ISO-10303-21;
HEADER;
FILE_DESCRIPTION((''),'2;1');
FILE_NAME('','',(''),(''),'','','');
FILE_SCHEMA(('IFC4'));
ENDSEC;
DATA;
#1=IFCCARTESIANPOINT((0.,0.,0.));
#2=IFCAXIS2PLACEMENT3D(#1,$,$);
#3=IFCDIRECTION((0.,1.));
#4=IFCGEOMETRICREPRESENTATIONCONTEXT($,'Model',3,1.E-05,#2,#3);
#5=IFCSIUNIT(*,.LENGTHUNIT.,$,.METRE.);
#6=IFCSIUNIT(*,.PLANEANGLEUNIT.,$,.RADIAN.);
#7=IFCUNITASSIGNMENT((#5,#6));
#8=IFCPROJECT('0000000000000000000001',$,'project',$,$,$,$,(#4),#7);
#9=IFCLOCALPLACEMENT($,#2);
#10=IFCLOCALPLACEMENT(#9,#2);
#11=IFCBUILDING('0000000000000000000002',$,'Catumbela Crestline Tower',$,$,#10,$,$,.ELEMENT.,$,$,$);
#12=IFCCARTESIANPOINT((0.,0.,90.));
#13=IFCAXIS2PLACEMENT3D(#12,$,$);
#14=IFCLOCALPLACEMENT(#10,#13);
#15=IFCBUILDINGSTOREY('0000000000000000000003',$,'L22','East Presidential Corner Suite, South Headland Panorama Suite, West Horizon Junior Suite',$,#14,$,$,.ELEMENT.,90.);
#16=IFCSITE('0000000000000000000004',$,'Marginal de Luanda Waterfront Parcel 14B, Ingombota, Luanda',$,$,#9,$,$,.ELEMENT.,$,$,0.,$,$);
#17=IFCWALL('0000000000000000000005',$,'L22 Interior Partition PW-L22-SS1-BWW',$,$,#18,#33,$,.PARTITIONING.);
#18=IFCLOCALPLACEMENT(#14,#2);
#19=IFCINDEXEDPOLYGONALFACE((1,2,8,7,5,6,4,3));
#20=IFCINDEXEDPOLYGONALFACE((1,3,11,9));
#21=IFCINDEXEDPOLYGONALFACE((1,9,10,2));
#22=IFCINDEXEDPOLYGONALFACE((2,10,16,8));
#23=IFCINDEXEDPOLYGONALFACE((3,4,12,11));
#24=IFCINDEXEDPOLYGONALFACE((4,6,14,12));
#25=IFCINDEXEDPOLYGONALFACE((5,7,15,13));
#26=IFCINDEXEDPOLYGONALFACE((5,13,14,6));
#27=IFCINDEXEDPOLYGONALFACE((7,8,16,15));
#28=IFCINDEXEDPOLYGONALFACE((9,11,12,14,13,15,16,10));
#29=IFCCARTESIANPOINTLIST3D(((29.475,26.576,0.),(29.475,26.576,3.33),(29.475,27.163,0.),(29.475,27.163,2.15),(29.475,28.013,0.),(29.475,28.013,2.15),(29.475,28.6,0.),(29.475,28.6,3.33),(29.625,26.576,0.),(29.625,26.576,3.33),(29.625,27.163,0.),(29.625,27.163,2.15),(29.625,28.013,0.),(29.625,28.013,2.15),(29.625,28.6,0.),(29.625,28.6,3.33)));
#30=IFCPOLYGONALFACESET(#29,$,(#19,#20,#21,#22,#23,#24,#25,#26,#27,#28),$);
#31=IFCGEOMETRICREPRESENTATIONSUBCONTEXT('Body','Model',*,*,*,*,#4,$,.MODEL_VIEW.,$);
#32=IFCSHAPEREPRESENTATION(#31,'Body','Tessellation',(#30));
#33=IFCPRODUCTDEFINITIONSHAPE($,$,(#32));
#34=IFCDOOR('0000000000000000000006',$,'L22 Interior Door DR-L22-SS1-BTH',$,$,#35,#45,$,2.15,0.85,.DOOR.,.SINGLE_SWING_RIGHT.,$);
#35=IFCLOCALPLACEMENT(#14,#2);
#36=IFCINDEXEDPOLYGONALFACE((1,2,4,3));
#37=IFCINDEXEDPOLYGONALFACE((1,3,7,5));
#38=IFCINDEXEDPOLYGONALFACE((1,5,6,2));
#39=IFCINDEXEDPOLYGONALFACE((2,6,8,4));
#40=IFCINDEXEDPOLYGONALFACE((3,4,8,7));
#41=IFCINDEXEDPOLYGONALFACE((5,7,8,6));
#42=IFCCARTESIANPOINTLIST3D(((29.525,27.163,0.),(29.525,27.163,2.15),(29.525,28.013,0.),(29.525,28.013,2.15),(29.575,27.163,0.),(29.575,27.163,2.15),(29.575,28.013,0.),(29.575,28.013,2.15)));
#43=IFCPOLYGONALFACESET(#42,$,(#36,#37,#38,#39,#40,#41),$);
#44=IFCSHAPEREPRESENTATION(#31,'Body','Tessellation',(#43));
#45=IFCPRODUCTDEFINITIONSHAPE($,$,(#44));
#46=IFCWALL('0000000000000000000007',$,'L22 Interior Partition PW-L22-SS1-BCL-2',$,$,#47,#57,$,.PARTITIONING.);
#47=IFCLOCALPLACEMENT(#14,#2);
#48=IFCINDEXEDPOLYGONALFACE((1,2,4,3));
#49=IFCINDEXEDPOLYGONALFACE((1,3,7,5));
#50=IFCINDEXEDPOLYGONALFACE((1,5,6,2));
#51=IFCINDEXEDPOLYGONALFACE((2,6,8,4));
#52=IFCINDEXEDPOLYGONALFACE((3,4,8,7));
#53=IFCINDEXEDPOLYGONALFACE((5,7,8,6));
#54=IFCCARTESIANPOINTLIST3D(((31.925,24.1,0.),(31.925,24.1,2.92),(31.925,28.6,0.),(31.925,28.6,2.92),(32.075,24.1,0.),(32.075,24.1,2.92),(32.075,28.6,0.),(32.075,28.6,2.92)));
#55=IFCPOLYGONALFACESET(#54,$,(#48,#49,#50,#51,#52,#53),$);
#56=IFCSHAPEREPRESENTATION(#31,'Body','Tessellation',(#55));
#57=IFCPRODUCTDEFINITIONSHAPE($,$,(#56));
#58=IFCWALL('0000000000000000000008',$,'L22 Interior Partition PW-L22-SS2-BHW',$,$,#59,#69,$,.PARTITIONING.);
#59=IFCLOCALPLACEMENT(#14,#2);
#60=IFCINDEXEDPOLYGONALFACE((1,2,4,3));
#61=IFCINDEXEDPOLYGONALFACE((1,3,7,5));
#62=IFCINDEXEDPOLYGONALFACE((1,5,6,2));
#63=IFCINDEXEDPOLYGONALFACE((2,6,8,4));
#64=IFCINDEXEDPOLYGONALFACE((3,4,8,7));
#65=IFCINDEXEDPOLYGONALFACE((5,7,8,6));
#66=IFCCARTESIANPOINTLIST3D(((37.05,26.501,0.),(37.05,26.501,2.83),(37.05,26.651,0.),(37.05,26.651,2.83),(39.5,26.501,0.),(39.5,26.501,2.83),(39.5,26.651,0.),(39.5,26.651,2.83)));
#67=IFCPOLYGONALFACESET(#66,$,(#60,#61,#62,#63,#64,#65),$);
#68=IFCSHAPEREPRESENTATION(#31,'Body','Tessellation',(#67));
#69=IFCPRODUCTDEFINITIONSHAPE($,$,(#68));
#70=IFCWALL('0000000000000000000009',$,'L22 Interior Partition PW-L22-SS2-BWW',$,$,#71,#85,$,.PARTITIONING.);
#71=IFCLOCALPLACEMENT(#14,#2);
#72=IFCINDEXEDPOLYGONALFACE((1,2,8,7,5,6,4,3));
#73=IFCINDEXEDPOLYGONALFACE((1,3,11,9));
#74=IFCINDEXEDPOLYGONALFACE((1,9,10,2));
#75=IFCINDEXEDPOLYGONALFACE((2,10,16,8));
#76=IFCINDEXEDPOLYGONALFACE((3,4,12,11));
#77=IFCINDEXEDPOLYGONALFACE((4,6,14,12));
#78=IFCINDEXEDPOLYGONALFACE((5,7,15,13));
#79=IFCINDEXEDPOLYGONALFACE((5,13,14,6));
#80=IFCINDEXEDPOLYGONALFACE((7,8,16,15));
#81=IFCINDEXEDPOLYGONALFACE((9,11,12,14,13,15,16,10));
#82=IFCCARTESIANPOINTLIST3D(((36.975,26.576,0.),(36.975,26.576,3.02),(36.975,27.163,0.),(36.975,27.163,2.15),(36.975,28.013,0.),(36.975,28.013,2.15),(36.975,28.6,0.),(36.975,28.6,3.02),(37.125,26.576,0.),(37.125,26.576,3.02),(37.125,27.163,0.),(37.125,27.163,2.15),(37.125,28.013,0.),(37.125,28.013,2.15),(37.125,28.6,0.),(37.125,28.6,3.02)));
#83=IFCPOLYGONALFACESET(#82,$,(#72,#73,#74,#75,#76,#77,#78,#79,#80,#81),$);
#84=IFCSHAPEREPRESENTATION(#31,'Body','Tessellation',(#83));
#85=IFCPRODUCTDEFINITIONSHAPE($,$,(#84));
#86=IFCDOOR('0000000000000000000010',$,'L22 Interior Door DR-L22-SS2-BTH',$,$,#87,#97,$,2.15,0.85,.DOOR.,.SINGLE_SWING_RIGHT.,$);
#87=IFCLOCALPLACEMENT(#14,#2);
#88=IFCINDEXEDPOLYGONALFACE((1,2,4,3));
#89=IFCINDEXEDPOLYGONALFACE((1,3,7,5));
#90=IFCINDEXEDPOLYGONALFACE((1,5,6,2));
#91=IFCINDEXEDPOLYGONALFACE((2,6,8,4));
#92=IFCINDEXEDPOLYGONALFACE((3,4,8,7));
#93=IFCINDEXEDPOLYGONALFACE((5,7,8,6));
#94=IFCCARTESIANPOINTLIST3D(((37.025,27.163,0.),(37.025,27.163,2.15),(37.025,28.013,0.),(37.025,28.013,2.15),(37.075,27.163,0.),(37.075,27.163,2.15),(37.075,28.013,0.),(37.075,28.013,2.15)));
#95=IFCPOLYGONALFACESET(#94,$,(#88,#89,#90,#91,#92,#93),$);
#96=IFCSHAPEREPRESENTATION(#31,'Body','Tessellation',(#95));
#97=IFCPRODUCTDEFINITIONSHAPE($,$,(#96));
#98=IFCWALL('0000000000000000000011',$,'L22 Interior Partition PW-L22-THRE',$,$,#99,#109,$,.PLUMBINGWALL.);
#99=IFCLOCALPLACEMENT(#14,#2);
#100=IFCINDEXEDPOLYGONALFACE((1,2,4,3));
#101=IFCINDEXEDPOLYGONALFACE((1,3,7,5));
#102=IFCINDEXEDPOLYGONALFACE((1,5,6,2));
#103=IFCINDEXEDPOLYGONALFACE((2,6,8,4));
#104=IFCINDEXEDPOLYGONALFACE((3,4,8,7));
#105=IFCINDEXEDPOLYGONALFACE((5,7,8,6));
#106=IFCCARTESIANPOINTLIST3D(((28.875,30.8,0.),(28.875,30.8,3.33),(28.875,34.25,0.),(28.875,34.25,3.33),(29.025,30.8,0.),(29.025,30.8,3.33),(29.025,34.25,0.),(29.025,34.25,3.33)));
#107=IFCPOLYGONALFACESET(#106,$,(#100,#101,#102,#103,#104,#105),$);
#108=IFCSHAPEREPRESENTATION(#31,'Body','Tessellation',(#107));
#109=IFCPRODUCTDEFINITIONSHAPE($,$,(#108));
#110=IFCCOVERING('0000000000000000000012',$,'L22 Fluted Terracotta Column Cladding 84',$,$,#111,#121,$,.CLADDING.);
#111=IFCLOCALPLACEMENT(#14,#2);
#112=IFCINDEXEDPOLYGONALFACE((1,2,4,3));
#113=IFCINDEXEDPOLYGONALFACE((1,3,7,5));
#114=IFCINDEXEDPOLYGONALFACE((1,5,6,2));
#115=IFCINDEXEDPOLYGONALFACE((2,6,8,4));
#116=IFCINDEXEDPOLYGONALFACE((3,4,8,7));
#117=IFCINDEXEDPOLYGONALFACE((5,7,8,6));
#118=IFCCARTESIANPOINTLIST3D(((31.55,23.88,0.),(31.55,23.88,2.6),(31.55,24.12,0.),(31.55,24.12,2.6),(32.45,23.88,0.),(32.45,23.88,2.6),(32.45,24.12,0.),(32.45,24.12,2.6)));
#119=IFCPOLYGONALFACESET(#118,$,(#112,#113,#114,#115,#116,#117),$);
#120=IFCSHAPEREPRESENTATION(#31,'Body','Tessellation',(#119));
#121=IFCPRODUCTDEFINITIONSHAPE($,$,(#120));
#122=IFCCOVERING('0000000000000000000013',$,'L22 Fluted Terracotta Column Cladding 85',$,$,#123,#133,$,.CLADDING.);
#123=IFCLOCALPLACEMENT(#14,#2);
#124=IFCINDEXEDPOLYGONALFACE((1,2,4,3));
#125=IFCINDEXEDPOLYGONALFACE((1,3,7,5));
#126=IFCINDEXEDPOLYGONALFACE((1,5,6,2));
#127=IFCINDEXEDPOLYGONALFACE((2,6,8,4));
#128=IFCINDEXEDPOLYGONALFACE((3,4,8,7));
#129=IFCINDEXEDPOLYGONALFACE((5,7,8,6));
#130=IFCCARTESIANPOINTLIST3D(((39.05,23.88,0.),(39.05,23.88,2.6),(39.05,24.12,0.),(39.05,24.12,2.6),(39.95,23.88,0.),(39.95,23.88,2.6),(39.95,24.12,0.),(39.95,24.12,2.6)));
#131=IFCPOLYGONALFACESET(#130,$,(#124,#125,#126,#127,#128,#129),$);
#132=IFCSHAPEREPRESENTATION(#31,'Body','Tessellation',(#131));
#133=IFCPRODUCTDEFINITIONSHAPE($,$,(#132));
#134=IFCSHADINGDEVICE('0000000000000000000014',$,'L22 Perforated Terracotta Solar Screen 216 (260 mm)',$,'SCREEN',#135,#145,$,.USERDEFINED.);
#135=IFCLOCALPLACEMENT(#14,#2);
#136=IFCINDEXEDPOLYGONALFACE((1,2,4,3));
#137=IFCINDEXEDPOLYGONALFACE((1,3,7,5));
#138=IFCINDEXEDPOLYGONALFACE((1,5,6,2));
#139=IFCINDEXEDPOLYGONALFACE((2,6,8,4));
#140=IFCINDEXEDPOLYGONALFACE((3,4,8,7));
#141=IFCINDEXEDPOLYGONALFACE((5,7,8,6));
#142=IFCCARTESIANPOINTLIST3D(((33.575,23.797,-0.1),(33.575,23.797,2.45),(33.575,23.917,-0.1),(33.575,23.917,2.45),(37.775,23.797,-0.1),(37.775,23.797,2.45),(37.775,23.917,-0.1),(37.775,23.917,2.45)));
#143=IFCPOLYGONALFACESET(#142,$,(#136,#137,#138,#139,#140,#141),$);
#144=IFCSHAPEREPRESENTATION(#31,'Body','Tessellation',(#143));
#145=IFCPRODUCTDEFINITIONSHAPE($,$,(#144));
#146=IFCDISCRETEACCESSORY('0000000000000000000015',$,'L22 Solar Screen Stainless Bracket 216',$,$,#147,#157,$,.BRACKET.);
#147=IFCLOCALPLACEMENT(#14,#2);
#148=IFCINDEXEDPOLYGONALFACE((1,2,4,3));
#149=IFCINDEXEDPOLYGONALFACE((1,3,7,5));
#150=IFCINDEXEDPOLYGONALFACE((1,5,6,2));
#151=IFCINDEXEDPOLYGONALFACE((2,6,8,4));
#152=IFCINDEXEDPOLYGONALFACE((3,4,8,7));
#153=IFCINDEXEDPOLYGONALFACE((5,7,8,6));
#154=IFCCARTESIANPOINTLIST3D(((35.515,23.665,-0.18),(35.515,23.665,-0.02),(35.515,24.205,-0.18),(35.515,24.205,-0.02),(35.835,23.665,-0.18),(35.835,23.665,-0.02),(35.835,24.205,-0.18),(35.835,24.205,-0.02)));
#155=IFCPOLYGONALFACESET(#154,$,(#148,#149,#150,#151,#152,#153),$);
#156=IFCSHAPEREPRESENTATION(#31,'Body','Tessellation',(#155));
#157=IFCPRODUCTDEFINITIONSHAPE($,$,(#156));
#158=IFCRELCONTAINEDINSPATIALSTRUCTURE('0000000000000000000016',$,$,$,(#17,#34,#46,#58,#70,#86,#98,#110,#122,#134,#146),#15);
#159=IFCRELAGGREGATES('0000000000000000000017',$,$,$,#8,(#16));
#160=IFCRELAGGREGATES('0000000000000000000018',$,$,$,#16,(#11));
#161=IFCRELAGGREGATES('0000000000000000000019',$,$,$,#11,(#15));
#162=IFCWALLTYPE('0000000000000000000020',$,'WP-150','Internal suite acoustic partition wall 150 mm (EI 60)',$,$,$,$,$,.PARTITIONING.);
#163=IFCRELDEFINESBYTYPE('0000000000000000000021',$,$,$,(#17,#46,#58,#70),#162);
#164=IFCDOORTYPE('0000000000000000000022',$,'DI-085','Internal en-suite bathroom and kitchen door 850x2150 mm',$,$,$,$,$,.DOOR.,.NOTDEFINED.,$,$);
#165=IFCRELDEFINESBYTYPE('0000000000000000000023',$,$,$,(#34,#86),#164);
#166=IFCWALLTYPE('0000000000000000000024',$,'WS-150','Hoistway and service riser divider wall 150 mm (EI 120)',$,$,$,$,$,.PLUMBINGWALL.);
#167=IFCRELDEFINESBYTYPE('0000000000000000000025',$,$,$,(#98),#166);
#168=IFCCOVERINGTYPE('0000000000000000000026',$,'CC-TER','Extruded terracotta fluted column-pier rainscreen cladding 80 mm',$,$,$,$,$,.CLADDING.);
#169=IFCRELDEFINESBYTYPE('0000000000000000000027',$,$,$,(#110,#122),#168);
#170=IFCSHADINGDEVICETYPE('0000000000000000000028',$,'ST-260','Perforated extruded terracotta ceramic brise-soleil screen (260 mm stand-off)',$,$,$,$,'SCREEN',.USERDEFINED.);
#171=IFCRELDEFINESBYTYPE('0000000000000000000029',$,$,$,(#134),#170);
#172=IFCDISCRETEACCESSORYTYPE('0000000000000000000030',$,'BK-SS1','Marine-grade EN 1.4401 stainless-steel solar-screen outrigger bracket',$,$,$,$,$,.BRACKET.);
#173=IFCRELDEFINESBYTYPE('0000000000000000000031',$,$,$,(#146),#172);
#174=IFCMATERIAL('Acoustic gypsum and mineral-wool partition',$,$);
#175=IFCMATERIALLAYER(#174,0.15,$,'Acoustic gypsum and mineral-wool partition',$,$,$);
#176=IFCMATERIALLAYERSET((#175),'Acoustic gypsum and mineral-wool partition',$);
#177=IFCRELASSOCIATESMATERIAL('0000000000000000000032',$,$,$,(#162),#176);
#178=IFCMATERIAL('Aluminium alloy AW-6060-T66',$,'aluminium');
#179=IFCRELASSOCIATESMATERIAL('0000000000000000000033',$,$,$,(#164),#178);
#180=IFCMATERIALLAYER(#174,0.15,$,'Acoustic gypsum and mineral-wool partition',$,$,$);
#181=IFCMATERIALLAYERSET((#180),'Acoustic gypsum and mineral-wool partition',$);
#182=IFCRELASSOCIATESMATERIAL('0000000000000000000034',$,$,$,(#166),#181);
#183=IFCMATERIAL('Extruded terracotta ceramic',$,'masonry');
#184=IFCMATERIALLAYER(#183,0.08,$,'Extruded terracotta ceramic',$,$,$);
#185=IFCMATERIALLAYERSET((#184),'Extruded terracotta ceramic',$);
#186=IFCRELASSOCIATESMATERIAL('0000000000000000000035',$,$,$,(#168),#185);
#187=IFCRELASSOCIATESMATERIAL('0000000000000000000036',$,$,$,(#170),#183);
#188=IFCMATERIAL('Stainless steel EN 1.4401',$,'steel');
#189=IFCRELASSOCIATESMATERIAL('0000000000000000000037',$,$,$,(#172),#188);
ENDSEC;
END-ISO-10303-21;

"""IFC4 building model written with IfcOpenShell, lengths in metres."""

from ifc_helpers import new_model, si_unit, direction, frame, frame_2d, origin, origin_2d, place, context, subcontext, project, spatial, rectangle, extrude, material, layer, layer_set, type_object, element, fill, save


model = new_model("IFC4")

# Units and contexts
model_context = context("Model", 3, precision=1e-05, world=origin(), true_north=direction((0.0, 1.0)))
body_context = subcontext(model_context, "Body", "Model", "MODEL_VIEW")
ifc_project = project(units=[si_unit("LENGTHUNIT", "METRE"), si_unit("PLANEANGLEUNIT", "RADIAN")], contexts=[model_context])

# Site, building, storey
site_placement = place(None, origin())
site = spatial("IfcSite", under=ifc_project, at=site_placement, Name="Marginal de Luanda Waterfront Parcel 14B, Ingombota, Luanda", CompositionType="ELEMENT", RefElevation=0.0)
building_placement = place(site_placement, origin())
building = spatial("IfcBuilding", under=site, at=building_placement, Name="Catumbela Crestline Tower", CompositionType="ELEMENT")
storey_placement = place(building_placement, frame((0.0, 0.0, 90.0)))
storey = spatial("IfcBuildingStorey", under=building, at=storey_placement, Name="L22", Description="East Presidential Corner Suite, South Headland Panorama Suite, West Horizon Junior Suite", CompositionType="ELEMENT", Elevation=90.0)

# Shared definitions
ifc_material_1 = material(Name="Aluminium alloy AW-6060-T66", Category="aluminium")

# Shared definitions
ifc_material_2 = material(Name="Acoustic gypsum and mineral-wool partition")
ifc_layer_1 = layer(ifc_material_2, 0.15, Name="Acoustic gypsum and mineral-wool partition")
ifc_layer_set_1 = layer_set([ifc_layer_1], Name="Acoustic gypsum and mineral-wool partition")
wall_type_1 = type_object("IfcWallType", Name="WP-150", Description="Internal suite acoustic partition wall 150 mm (EI 60)", PredefinedType="PARTITIONING", material=ifc_layer_set_1)

# Wall, opening, door
wall_1_placement = place(storey_placement, frame((29.55, 26.576, 0.0), z_axis=(0.0, 0.0, 1.0), x_axis=(0.0, 1.0, 0.0)))
wall_1 = element("IfcWall", 1, at=wall_1_placement, inside=storey, type_object=wall_type_1, Name="L22 Interior Partition PW-L22-SS1-BWW", PredefinedType="PARTITIONING", context=body_context, shape_type="SweptSolid", body=[
    extrude(rectangle(XDim=2.024, YDim=0.15, at=frame_2d((1.012, 0.0))), origin(), (0.0, 0.0, 1.0), 3.33),
])
opening_1_placement = place(wall_1_placement, frame((0.587, 0.0, 0.0)))
opening_1 = element("IfcOpeningElement", 2, at=opening_1_placement, cuts=wall_1, PredefinedType="OPENING", context=body_context, shape_type="SweptSolid", body=[
    extrude(rectangle(XDim=0.85, YDim=2.15, at=frame_2d((0.425, 1.075))), frame((0.0, 0.085, 0.0), z_axis=(0.0, -1.0, 0.0), x_axis=(1.0, 0.0, 0.0)), (0.0, 0.0, 1.0), 0.17),
])
door_type = type_object("IfcDoorType", Name="DI-085", Description="Internal en-suite bathroom and kitchen door 850x2150 mm", OperationType="NOTDEFINED", PredefinedType="DOOR", material=ifc_material_1)
door_1_placement = place(opening_1_placement, origin())
door_1 = element("IfcDoor", 3, at=door_1_placement, inside=storey, type_object=door_type, Name="L22 Interior Door DR-L22-SS1-BTH", OperationType="SINGLE_SWING_RIGHT", OverallHeight=2.15, OverallWidth=0.85, PredefinedType="DOOR", context=body_context, shape_type="SweptSolid", body=[
    extrude(rectangle(XDim=0.85, YDim=2.15, at=frame_2d((0.425, 1.075))), frame((0.0, 0.025, 0.0), z_axis=(0.0, -1.0, 0.0), x_axis=(1.0, 0.0, 0.0)), (0.0, 0.0, 1.0), 0.05),
])
fill(opening_1, door_1)

# Walls
wall_2_placement = place(storey_placement, frame((32.0, 28.6, 0.0), z_axis=(0.0, 0.0, 1.0), x_axis=(0.0, -1.0, 0.0)))
element("IfcWall", 4, at=wall_2_placement, inside=storey, type_object=wall_type_1, Name="L22 Interior Partition PW-L22-SS1-BCL-2", PredefinedType="PARTITIONING", context=body_context, shape_type="SweptSolid", body=[
    extrude(rectangle(XDim=4.5, YDim=0.15, at=frame_2d((2.25, 0.0))), origin(), (0.0, 0.0, 1.0), 2.92),
])
wall_3_placement = place(storey_placement, frame((37.05, 26.576, 0.0), z_axis=(0.0, 0.0, 1.0), x_axis=(1.0, 0.0, 0.0)))
element("IfcWall", 5, at=wall_3_placement, inside=storey, type_object=wall_type_1, Name="L22 Interior Partition PW-L22-SS2-BHW", PredefinedType="PARTITIONING", context=body_context, shape_type="SweptSolid", body=[
    extrude(rectangle(XDim=2.45, YDim=0.15, at=frame_2d((1.225, 0.0))), origin(), (0.0, 0.0, 1.0), 2.83),
])

# Wall, opening, door
wall_4_placement = place(storey_placement, frame((37.05, 26.576, 0.0), z_axis=(0.0, 0.0, 1.0), x_axis=(0.0, 1.0, 0.0)))
wall_4 = element("IfcWall", 6, at=wall_4_placement, inside=storey, type_object=wall_type_1, Name="L22 Interior Partition PW-L22-SS2-BWW", PredefinedType="PARTITIONING", context=body_context, shape_type="SweptSolid", body=[
    extrude(rectangle(XDim=2.024, YDim=0.15, at=frame_2d((1.012, 0.0))), origin(), (0.0, 0.0, 1.0), 3.02),
])
opening_2_placement = place(wall_4_placement, frame((0.587, 0.0, 0.0)))
opening_2 = element("IfcOpeningElement", 7, at=opening_2_placement, cuts=wall_4, PredefinedType="OPENING", context=body_context, shape_type="SweptSolid", body=[
    extrude(rectangle(XDim=0.85, YDim=2.15, at=frame_2d((0.425, 1.075))), frame((0.0, 0.085, 0.0), z_axis=(0.0, -1.0, 0.0), x_axis=(1.0, 0.0, 0.0)), (0.0, 0.0, 1.0), 0.17),
])
door_2_placement = place(opening_2_placement, origin())
door_2 = element("IfcDoor", 8, at=door_2_placement, inside=storey, type_object=door_type, Name="L22 Interior Door DR-L22-SS2-BTH", OperationType="SINGLE_SWING_RIGHT", OverallHeight=2.15, OverallWidth=0.85, PredefinedType="DOOR", context=body_context, shape_type="SweptSolid", body=[
    extrude(rectangle(XDim=0.85, YDim=2.15, at=frame_2d((0.425, 1.075))), frame((0.0, 0.025, 0.0), z_axis=(0.0, -1.0, 0.0), x_axis=(1.0, 0.0, 0.0)), (0.0, 0.0, 1.0), 0.05),
])
fill(opening_2, door_2)

# Wall
ifc_layer_2 = layer(ifc_material_2, 0.15, Name="Acoustic gypsum and mineral-wool partition")
ifc_layer_set_2 = layer_set([ifc_layer_2], Name="Acoustic gypsum and mineral-wool partition")
wall_type_2 = type_object("IfcWallType", Name="WS-150", Description="Hoistway and service riser divider wall 150 mm (EI 120)", PredefinedType="PLUMBINGWALL", material=ifc_layer_set_2)
wall_5_placement = place(storey_placement, frame((28.95, 30.8, 0.0), z_axis=(0.0, 0.0, 1.0), x_axis=(0.0, 1.0, 0.0)))
element("IfcWall", 9, at=wall_5_placement, inside=storey, type_object=wall_type_2, Name="L22 Interior Partition PW-L22-THRE", PredefinedType="PLUMBINGWALL", context=body_context, shape_type="SweptSolid", body=[
    extrude(rectangle(XDim=3.45, YDim=0.15, at=frame_2d((1.725, 0.0))), origin(), (0.0, 0.0, 1.0), 3.33),
])

# Coverings
ifc_material_3 = material(Name="Extruded terracotta ceramic", Category="masonry")
ifc_layer_3 = layer(ifc_material_3, 0.08, Name="Extruded terracotta ceramic")
ifc_layer_set_3 = layer_set([ifc_layer_3], Name="Extruded terracotta ceramic")
covering_type = type_object("IfcCoveringType", Name="CC-TER", Description="Extruded terracotta fluted column-pier rainscreen cladding 80 mm", PredefinedType="CLADDING", material=ifc_layer_set_3)
for number, where, z_axis, x_axis, name in (
    (10, (32.0, 24.0, 0.0), (0.0, 0.0, 1.0), (1.0, 0.0, 0.0), "L22 Fluted Terracotta Column Cladding 84"),
    (11, (39.5, 24.0, 0.0), (0.0, 0.0, 1.0), (1.0, 0.0, 0.0), "L22 Fluted Terracotta Column Cladding 85"),
):
    element("IfcCovering", number, at=place(storey_placement, frame(where, z_axis=z_axis, x_axis=x_axis)), inside=storey, type_object=covering_type, Name=name, PredefinedType="CLADDING", context=body_context, shape_type="SweptSolid", body=[
        extrude(rectangle(XDim=0.9, YDim=0.24, at=origin_2d()), origin(), (0.0, 0.0, 1.0), 2.6),
    ])

# Shading device
shading_device_type = type_object("IfcShadingDeviceType", Name="ST-260", Description="Perforated extruded terracotta ceramic brise-soleil screen (260 mm stand-off)", ElementType="SCREEN", PredefinedType="USERDEFINED", material=ifc_material_3)
shading_device_placement = place(storey_placement, frame((35.675, 23.857, -0.1), z_axis=(0.0, 0.0, 1.0), x_axis=(1.0, 0.0, 0.0)))
element("IfcShadingDevice", 12, at=shading_device_placement, inside=storey, type_object=shading_device_type, Name="L22 Perforated Terracotta Solar Screen 216 (260 mm)", ObjectType="SCREEN", PredefinedType="USERDEFINED", context=body_context, shape_type="SweptSolid", body=[
    extrude(rectangle(XDim=4.2, YDim=0.12, at=origin_2d()), origin(), (0.0, 0.0, 1.0), 2.55),
])

# Discrete accessory
ifc_material_4 = material(Name="Stainless steel EN 1.4401", Category="steel")
discrete_accessory_type = type_object("IfcDiscreteAccessoryType", Name="BK-SS1", Description="Marine-grade EN 1.4401 stainless-steel solar-screen outrigger bracket", PredefinedType="BRACKET", material=ifc_material_4)
discrete_accessory_placement = place(storey_placement, frame((35.675, 23.935, -0.18), z_axis=(0.0, 0.0, 1.0), x_axis=(1.0, 0.0, 0.0)))
element("IfcDiscreteAccessory", 13, at=discrete_accessory_placement, inside=storey, type_object=discrete_accessory_type, Name="L22 Solar Screen Stainless Bracket 216", PredefinedType="BRACKET", context=body_context, shape_type="SweptSolid", body=[
    extrude(rectangle(XDim=0.32, YDim=0.54, at=origin_2d()), origin(), (0.0, 0.0, 1.0), 0.16),
])

save(model, "model.ifc")
